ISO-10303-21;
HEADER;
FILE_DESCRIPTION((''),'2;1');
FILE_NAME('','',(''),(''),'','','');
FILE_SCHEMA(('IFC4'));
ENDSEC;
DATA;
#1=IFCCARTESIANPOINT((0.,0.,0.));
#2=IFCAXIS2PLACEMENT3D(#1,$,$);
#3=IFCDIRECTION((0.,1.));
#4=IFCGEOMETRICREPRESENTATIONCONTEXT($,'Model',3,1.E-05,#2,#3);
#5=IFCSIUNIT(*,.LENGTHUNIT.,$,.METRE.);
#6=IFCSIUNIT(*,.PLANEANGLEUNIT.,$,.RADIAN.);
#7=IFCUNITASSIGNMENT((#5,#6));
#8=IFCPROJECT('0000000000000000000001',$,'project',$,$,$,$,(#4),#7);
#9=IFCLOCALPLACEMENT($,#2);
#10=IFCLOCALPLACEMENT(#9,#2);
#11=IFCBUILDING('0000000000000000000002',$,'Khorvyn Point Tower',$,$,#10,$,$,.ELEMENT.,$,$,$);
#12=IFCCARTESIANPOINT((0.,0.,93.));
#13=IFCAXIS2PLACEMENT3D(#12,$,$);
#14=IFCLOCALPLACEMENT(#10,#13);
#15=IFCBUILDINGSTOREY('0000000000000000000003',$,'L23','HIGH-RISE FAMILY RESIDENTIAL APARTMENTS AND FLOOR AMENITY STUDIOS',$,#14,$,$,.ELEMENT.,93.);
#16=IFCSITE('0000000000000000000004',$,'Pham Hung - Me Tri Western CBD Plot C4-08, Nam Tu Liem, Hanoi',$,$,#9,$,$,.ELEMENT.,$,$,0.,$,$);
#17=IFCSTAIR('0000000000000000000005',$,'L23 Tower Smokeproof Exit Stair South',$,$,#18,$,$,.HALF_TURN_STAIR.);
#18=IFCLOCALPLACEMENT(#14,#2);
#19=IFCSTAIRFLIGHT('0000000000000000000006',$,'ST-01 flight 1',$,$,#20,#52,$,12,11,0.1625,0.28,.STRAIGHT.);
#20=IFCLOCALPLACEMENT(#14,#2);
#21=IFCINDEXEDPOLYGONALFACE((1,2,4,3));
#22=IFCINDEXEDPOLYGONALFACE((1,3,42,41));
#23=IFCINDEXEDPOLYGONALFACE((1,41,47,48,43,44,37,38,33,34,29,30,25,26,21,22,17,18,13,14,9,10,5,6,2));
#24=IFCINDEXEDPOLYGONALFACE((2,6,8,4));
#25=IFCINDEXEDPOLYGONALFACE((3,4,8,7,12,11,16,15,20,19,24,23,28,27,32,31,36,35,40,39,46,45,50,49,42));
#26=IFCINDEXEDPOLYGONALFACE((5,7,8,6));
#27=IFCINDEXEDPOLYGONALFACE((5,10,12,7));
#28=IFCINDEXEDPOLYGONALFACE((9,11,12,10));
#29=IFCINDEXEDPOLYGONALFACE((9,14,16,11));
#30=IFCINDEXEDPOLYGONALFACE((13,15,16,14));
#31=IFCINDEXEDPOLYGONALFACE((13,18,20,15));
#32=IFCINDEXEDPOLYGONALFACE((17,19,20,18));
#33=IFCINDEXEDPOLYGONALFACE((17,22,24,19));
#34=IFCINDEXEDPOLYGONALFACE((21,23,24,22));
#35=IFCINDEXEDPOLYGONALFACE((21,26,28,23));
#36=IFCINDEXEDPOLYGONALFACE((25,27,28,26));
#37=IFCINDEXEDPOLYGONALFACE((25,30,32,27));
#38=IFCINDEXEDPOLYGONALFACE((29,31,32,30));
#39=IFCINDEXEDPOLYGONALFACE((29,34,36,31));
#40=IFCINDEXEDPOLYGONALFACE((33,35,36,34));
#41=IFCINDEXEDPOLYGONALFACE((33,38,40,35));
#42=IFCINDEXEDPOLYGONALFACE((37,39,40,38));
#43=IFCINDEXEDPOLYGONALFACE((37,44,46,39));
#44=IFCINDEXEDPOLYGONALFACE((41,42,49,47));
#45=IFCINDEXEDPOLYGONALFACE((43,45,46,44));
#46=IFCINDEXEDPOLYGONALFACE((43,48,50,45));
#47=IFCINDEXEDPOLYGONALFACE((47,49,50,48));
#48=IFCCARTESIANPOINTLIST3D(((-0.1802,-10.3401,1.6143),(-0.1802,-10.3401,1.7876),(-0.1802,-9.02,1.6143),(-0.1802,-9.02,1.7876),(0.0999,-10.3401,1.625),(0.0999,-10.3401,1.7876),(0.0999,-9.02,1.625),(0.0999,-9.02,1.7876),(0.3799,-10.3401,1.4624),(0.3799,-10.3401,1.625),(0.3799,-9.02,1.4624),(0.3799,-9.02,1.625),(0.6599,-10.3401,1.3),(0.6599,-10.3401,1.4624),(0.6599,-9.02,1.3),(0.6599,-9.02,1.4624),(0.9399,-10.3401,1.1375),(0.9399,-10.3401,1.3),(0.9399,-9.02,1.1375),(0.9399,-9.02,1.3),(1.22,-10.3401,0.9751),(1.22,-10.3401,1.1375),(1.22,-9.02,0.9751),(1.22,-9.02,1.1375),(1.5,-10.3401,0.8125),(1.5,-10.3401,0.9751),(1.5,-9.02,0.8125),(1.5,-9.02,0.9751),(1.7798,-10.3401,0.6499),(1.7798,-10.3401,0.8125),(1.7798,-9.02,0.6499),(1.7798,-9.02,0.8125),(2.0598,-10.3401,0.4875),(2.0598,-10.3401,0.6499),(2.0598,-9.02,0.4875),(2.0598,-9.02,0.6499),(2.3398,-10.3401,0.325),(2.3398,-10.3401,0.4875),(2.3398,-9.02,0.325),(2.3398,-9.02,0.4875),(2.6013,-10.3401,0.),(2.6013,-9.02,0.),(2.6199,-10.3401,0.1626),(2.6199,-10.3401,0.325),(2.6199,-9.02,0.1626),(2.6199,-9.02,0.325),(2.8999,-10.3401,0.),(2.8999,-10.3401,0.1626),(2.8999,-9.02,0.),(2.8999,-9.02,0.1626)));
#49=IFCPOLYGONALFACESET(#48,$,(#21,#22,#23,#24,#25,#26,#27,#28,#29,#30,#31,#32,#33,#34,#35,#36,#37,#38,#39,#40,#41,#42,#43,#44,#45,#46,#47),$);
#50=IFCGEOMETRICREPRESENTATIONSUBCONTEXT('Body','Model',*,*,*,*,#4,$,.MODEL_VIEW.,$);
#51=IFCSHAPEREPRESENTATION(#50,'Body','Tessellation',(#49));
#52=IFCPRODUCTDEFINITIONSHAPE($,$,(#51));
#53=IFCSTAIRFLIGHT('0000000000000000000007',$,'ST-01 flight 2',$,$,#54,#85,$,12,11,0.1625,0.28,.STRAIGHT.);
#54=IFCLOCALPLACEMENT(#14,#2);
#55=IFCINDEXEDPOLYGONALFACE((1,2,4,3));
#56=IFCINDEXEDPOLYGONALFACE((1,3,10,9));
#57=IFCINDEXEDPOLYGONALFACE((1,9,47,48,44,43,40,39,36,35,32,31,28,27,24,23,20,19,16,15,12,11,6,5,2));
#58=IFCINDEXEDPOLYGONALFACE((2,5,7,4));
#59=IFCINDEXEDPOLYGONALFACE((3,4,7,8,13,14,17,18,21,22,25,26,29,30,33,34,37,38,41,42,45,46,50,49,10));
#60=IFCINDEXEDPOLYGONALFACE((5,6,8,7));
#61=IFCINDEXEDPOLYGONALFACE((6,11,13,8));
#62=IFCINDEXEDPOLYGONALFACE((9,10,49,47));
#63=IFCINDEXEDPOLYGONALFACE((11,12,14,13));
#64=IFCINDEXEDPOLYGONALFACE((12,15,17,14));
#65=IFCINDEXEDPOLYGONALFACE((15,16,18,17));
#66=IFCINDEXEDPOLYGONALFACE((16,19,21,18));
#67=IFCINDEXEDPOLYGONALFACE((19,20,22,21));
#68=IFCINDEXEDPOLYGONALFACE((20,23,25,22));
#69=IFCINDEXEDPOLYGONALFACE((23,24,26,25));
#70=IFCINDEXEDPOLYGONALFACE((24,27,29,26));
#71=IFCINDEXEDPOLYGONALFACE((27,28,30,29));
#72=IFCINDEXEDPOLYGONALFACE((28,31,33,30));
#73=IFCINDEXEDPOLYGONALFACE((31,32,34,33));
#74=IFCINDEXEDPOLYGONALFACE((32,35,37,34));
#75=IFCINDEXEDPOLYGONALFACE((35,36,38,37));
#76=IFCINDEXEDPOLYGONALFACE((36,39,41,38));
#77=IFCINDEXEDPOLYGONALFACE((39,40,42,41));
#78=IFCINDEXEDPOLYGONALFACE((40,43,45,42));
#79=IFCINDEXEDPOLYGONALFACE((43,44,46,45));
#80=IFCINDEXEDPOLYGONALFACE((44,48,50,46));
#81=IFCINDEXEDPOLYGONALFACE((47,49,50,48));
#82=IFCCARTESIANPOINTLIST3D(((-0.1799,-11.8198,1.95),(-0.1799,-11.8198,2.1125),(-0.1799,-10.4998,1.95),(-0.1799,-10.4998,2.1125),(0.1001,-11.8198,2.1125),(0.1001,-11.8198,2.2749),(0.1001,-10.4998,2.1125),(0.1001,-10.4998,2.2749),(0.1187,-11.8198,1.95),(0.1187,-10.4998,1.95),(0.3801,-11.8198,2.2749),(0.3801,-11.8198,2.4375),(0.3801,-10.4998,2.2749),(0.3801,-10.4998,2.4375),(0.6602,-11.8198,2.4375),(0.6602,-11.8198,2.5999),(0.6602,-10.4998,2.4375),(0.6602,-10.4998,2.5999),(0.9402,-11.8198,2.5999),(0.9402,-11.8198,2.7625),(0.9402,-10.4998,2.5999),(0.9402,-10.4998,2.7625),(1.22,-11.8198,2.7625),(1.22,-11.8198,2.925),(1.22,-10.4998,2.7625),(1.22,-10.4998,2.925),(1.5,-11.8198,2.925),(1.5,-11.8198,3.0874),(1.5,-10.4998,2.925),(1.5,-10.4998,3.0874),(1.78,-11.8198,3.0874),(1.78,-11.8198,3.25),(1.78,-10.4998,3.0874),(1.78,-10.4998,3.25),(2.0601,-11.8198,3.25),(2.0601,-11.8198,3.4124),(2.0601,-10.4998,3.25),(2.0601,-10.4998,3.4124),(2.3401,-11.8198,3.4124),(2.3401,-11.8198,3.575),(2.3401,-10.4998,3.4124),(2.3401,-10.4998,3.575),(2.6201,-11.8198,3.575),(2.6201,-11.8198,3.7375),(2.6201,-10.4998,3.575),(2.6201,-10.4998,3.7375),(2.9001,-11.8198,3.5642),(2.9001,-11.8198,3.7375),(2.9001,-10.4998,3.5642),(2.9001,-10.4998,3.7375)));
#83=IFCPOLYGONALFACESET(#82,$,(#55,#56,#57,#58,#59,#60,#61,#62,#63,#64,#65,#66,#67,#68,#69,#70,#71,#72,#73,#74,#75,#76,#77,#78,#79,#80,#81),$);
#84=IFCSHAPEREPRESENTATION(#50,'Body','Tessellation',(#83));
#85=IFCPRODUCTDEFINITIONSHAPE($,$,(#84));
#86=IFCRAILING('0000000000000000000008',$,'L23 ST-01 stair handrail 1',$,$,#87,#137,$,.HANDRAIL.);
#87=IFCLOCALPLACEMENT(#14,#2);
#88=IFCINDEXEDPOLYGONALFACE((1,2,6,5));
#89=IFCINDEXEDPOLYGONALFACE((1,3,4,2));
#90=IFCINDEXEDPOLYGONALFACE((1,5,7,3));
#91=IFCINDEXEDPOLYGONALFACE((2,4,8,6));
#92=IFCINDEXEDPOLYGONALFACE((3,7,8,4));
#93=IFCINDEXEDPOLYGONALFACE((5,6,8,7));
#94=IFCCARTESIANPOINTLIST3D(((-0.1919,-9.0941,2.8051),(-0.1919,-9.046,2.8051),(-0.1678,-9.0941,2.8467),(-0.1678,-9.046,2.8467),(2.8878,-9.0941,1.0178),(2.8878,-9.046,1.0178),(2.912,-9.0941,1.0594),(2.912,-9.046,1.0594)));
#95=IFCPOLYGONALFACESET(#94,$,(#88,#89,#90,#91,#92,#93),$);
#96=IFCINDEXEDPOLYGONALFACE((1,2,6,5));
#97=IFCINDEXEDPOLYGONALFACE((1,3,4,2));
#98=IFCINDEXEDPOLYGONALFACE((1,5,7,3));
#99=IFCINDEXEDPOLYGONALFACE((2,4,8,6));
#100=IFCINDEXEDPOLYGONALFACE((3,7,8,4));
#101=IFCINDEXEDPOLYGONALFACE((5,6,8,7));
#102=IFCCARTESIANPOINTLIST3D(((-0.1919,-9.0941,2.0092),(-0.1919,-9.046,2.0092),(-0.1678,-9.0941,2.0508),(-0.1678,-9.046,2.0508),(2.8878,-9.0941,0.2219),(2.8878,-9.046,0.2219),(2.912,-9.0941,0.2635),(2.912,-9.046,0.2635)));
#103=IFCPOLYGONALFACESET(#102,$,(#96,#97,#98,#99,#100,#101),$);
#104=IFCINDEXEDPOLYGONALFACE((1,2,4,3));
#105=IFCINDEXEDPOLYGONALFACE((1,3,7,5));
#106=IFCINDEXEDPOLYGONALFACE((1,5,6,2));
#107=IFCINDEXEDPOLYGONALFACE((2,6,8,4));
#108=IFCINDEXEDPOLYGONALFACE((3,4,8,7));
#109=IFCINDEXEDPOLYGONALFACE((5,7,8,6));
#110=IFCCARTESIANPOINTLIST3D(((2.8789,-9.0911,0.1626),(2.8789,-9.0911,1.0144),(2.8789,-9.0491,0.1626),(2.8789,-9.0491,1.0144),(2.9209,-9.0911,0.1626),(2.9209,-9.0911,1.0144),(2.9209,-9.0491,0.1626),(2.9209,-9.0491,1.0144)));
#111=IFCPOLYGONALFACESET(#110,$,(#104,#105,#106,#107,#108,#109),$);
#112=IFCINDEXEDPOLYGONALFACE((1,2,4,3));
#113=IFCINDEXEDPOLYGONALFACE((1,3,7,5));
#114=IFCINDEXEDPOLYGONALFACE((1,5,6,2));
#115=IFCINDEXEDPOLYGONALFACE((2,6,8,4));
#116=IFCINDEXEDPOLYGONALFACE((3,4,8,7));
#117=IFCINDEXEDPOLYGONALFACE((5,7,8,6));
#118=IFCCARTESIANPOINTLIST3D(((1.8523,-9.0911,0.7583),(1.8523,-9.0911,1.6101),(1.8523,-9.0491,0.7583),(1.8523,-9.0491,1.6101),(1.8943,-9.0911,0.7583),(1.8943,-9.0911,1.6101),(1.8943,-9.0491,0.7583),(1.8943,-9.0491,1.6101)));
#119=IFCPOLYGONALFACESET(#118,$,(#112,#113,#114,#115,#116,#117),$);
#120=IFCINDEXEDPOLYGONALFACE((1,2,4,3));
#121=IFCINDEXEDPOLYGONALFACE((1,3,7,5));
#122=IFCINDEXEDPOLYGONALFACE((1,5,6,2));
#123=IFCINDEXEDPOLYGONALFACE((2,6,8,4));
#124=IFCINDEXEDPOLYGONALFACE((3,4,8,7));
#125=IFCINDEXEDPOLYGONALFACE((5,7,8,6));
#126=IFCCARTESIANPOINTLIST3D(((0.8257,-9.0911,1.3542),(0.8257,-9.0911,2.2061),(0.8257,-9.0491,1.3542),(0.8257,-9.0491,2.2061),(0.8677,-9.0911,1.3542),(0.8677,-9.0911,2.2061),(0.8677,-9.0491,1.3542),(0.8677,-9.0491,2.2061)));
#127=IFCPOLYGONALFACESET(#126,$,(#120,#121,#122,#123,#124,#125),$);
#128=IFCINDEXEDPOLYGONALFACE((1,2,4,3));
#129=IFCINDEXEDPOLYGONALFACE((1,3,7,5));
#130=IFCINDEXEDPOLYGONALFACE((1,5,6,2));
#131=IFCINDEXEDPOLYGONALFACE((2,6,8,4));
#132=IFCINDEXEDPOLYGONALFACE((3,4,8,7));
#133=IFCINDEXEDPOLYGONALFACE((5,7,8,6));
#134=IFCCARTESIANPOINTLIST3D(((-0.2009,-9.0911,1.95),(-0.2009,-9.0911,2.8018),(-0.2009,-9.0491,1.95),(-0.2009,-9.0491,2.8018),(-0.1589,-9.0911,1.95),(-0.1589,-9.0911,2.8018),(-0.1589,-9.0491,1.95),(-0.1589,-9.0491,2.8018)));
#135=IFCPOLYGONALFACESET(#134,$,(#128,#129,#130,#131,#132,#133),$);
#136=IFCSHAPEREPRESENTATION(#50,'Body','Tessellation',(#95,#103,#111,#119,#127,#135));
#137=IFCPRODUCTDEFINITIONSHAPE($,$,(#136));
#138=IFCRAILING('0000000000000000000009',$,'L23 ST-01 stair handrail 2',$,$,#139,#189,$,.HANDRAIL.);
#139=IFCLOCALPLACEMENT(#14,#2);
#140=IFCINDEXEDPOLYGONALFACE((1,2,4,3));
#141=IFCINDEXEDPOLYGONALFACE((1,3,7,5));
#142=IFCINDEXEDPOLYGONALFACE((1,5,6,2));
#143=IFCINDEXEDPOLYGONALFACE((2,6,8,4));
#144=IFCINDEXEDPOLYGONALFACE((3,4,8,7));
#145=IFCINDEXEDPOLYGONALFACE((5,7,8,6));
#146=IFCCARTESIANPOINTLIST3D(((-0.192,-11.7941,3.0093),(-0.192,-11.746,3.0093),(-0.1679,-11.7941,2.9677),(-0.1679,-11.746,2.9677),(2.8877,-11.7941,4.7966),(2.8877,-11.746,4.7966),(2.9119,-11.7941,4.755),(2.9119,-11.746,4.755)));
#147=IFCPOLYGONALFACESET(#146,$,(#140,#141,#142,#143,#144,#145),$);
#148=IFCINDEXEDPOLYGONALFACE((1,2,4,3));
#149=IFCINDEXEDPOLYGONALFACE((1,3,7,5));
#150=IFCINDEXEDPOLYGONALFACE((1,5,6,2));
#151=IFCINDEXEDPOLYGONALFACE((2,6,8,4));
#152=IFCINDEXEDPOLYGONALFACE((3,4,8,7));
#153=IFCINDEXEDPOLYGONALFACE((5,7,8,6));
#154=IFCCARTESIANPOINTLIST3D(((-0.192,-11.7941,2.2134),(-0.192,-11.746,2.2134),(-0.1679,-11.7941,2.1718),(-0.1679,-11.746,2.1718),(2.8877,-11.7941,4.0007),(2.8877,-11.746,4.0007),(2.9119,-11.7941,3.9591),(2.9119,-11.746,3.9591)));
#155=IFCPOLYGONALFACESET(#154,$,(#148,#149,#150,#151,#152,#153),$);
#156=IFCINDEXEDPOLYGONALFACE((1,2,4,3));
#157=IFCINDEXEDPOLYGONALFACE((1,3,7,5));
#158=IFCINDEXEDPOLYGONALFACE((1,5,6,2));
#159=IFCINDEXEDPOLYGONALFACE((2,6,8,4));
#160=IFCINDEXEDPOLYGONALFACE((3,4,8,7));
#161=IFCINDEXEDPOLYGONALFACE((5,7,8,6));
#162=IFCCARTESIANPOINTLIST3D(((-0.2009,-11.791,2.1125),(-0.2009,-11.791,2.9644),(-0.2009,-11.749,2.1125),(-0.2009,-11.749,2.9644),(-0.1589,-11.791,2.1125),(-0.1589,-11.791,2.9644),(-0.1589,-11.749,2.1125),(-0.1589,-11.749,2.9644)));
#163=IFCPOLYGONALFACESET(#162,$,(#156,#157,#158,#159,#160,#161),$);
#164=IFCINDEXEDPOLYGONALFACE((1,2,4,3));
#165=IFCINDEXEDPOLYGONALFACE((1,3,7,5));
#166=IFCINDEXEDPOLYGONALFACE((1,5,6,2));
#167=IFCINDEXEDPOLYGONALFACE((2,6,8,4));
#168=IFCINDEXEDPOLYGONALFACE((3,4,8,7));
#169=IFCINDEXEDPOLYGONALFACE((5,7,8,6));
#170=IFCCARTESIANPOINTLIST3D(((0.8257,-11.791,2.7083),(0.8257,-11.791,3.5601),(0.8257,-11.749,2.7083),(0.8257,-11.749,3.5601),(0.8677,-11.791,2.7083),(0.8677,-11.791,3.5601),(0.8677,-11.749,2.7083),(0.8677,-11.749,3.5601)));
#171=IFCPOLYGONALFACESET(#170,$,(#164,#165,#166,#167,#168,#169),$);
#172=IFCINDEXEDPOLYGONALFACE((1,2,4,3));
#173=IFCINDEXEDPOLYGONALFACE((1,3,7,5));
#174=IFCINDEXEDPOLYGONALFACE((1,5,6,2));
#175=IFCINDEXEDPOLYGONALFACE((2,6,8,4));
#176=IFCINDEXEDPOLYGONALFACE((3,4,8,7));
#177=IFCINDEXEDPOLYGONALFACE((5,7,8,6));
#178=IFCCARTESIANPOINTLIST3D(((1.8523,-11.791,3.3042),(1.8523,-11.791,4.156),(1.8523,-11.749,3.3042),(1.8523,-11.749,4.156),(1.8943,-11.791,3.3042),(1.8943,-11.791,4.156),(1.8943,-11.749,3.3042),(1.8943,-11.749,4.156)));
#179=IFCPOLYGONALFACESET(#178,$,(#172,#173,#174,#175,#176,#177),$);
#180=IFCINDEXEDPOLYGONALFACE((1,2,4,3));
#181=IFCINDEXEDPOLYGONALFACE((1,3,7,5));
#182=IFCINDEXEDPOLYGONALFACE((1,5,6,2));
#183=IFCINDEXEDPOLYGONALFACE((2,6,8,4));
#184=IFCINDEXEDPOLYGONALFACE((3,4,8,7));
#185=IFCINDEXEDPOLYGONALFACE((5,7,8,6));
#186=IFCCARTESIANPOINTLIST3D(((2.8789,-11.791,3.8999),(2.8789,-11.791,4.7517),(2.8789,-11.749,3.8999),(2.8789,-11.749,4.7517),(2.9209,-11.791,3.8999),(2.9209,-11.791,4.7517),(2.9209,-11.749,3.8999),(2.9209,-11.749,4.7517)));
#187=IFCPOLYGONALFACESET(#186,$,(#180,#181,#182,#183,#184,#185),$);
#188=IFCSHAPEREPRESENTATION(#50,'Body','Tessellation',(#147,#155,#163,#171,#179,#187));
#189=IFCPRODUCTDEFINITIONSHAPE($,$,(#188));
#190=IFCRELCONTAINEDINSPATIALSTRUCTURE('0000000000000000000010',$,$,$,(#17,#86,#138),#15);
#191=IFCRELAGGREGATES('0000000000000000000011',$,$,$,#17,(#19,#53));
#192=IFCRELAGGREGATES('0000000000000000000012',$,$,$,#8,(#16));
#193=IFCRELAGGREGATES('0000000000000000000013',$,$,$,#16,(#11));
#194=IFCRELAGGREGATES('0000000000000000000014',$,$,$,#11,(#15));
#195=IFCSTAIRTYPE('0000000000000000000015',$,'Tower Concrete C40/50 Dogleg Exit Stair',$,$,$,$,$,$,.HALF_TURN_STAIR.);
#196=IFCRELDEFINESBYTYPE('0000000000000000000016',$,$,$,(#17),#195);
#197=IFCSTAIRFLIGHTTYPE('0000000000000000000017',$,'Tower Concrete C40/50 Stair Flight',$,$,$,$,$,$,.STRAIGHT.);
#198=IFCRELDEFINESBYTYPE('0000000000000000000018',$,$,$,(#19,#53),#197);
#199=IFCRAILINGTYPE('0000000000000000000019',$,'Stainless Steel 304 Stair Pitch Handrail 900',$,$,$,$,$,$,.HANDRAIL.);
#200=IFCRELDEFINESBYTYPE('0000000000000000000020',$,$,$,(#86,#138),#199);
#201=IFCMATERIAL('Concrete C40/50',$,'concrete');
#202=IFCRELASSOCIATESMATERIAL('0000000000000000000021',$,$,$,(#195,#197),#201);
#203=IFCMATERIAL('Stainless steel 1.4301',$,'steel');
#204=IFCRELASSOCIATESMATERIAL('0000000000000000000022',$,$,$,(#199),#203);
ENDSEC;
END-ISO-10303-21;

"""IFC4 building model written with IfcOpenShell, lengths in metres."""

from ifc_helpers import new_model, si_unit, direction, frame, origin, origin_2d, place, context, subcontext, project, spatial, polyline, rectangle, outline, extrude, material, type_object, element, aggregate, save


model = new_model("IFC4")

# Units and contexts
model_context = context("Model", 3, precision=1e-05, world=origin(), true_north=direction((0.0, 1.0)))
body_context = subcontext(model_context, "Body", "Model", "MODEL_VIEW")
ifc_project = project(units=[si_unit("LENGTHUNIT", "METRE"), si_unit("PLANEANGLEUNIT", "RADIAN")], contexts=[model_context])

# Site, building, storey
site_placement = place(None, origin())
site = spatial("IfcSite", under=ifc_project, at=site_placement, Name="Pham Hung - Me Tri Western CBD Plot C4-08, Nam Tu Liem, Hanoi", CompositionType="ELEMENT", RefElevation=0.0)
building_placement = place(site_placement, origin())
building = spatial("IfcBuilding", under=site, at=building_placement, Name="Khorvyn Point Tower", CompositionType="ELEMENT")
storey_placement = place(building_placement, frame((0.0, 0.0, 93.0)))
storey = spatial("IfcBuildingStorey", under=building, at=storey_placement, Name="L23", Description="HIGH-RISE FAMILY RESIDENTIAL APARTMENTS AND FLOOR AMENITY STUDIOS", CompositionType="ELEMENT", Elevation=93.0)

# Shared definitions
ifc_material_1 = material(Name="Concrete C40/50", Category="concrete")

# Stair, stair flights
stair_type = type_object("IfcStairType", Name="Tower Concrete C40/50 Dogleg Exit Stair", PredefinedType="HALF_TURN_STAIR", material=ifc_material_1)
stair_placement = place(storey_placement, origin())
stair = element("IfcStair", 1, at=stair_placement, inside=storey, type_object=stair_type, Name="L23 Tower Smokeproof Exit Stair South", PredefinedType="HALF_TURN_STAIR")
stair_flight_type = type_object("IfcStairFlightType", Name="Tower Concrete C40/50 Stair Flight", PredefinedType="STRAIGHT", material=ifc_material_1)
stair_flight_1_placement = place(storey_placement, frame((2.8999, -9.6799, 0.0), z_axis=(0.0, 0.0, 1.0), x_axis=(-1.0, 0.0, 0.0)))
stair_flight_1 = element("IfcStairFlight", 2, at=stair_flight_1_placement, type_object=stair_flight_type, Name="ST-01 flight 1", NumberOfRisers=12, NumberOfTreads=11, PredefinedType="STRAIGHT", RiserHeight=0.1625, TreadLength=0.28, context=body_context, shape_type="SweptSolid", body=[
    extrude(outline(polyline([(0.0, 0.0), (0.0, 0.1626), (0.28, 0.1626), (0.28, 0.325), (0.5601, 0.325), (0.5601, 0.4875), (0.8401, 0.4875), (0.8401, 0.6499), (1.1201, 0.6499), (1.1201, 0.8125), (1.3999, 0.8125), (1.3999, 0.9751), (1.6799, 0.9751), (1.6799, 1.1375), (1.96, 1.1375), (1.96, 1.3), (2.24, 1.3), (2.24, 1.4624), (2.52, 1.4624), (2.52, 1.625), (2.8, 1.625), (2.8, 1.7876), (3.0801, 1.7876), (3.0801, 1.95), (3.0801, 1.6143), (0.2986, 0.0), (0.0, 0.0)])), frame((0.0, 0.6602, 0.0), z_axis=(0.0, -1.0, 0.0), x_axis=(1.0, 0.0, 0.0)), (0.0, 0.0, 1.0), 1.3201),
])
stair_flight_2_placement = place(storey_placement, frame((-0.1799, -11.1599, 1.95), z_axis=(0.0, 0.0, 1.0), x_axis=(1.0, 0.0, 0.0)))
stair_flight_2 = element("IfcStairFlight", 3, at=stair_flight_2_placement, type_object=stair_flight_type, Name="ST-01 flight 2", NumberOfRisers=12, NumberOfTreads=11, PredefinedType="STRAIGHT", RiserHeight=0.1625, TreadLength=0.28, context=body_context, shape_type="SweptSolid", body=[
    extrude(outline(polyline([(0.0, 0.0), (0.0, 0.1626), (0.28, 0.1626), (0.28, 0.325), (0.5601, 0.325), (0.5601, 0.4875), (0.8401, 0.4875), (0.8401, 0.6499), (1.1201, 0.6499), (1.1201, 0.8125), (1.3999, 0.8125), (1.3999, 0.9751), (1.6799, 0.9751), (1.6799, 1.1375), (1.96, 1.1375), (1.96, 1.3), (2.24, 1.3), (2.24, 1.4624), (2.52, 1.4624), (2.52, 1.625), (2.8, 1.625), (2.8, 1.7876), (3.0801, 1.7876), (3.0801, 1.95), (3.0801, 1.6143), (0.2986, 0.0), (0.0, 0.0)])), frame((0.0, 0.6602, 0.0), z_axis=(0.0, -1.0, 0.0), x_axis=(1.0, 0.0, 0.0)), (0.0, 0.0, 1.0), 1.3201),
])
aggregate(stair, [stair_flight_1, stair_flight_2])

# Railings
ifc_material_2 = material(Name="Stainless steel 1.4301", Category="steel")
railing_type_1 = type_object("IfcRailingType", Name="Stainless Steel 304 Stair Pitch Handrail 900", PredefinedType="HANDRAIL", material=ifc_material_2)
railing_1_placement = place(storey_placement, frame((2.8999, -9.0701, 0.1626)))
element("IfcRailing", 4, at=railing_1_placement, inside=storey, type_object=railing_type_1, Name="L23 ST-01 stair handrail 1", PredefinedType="HANDRAIL", context=body_context, shape_type="SweptSolid", body=[
    extrude(rectangle(XDim=0.0481, YDim=0.0481, at=origin_2d()), frame((0.0, 0.0, 0.876), z_axis=(-0.864903, 0.0, 0.501939), x_axis=(0.0, -1.0, 0.0)), (0.0, 0.0, 1.0), 3.5608),
    extrude(rectangle(XDim=0.0481, YDim=0.0481, at=origin_2d()), frame((0.0, 0.0, 0.0801), z_axis=(-0.864903, 0.0, 0.501939), x_axis=(0.0, -1.0, 0.0)), (0.0, 0.0, 1.0), 3.5608),
    extrude(rectangle(XDim=0.042, YDim=0.042, at=origin_2d()), origin(), (0.0, 0.0, 1.0), 0.8518),
    extrude(rectangle(XDim=0.042, YDim=0.042, at=origin_2d()), frame((-1.0266, 0.0, 0.5957)), (0.0, 0.0, 1.0), 0.8518),
    extrude(rectangle(XDim=0.042, YDim=0.042, at=origin_2d()), frame((-2.0532, 0.0, 1.1917)), (0.0, 0.0, 1.0), 0.8518),
    extrude(rectangle(XDim=0.042, YDim=0.042, at=origin_2d()), frame((-3.0798, 0.0, 1.7874)), (0.0, 0.0, 1.0), 0.8518),
])
railing_2_placement = place(storey_placement, frame((-0.1799, -11.77, 2.1125)))
element("IfcRailing", 5, at=railing_2_placement, inside=storey, type_object=railing_type_1, Name="L23 ST-01 stair handrail 2", PredefinedType="HANDRAIL", context=body_context, shape_type="SweptSolid", body=[
    extrude(rectangle(XDim=0.0481, YDim=0.0481, at=origin_2d()), frame((0.0, 0.0, 0.876), z_axis=(0.864903, 0.0, 0.501939), x_axis=(0.0, 1.0, 0.0)), (0.0, 0.0, 1.0), 3.5608),
    extrude(rectangle(XDim=0.0481, YDim=0.0481, at=origin_2d()), frame((0.0, 0.0, 0.0801), z_axis=(0.864903, 0.0, 0.501939), x_axis=(0.0, 1.0, 0.0)), (0.0, 0.0, 1.0), 3.5608),
    extrude(rectangle(XDim=0.042, YDim=0.042, at=origin_2d()), origin(), (0.0, 0.0, 1.0), 0.8518),
    extrude(rectangle(XDim=0.042, YDim=0.042, at=origin_2d()), frame((1.0266, 0.0, 0.5957)), (0.0, 0.0, 1.0), 0.8518),
    extrude(rectangle(XDim=0.042, YDim=0.042, at=origin_2d()), frame((2.0532, 0.0, 1.1917)), (0.0, 0.0, 1.0), 0.8518),
    extrude(rectangle(XDim=0.042, YDim=0.042, at=origin_2d()), frame((3.0798, 0.0, 1.7874)), (0.0, 0.0, 1.0), 0.8518),
])

save(model, "model.ifc")
